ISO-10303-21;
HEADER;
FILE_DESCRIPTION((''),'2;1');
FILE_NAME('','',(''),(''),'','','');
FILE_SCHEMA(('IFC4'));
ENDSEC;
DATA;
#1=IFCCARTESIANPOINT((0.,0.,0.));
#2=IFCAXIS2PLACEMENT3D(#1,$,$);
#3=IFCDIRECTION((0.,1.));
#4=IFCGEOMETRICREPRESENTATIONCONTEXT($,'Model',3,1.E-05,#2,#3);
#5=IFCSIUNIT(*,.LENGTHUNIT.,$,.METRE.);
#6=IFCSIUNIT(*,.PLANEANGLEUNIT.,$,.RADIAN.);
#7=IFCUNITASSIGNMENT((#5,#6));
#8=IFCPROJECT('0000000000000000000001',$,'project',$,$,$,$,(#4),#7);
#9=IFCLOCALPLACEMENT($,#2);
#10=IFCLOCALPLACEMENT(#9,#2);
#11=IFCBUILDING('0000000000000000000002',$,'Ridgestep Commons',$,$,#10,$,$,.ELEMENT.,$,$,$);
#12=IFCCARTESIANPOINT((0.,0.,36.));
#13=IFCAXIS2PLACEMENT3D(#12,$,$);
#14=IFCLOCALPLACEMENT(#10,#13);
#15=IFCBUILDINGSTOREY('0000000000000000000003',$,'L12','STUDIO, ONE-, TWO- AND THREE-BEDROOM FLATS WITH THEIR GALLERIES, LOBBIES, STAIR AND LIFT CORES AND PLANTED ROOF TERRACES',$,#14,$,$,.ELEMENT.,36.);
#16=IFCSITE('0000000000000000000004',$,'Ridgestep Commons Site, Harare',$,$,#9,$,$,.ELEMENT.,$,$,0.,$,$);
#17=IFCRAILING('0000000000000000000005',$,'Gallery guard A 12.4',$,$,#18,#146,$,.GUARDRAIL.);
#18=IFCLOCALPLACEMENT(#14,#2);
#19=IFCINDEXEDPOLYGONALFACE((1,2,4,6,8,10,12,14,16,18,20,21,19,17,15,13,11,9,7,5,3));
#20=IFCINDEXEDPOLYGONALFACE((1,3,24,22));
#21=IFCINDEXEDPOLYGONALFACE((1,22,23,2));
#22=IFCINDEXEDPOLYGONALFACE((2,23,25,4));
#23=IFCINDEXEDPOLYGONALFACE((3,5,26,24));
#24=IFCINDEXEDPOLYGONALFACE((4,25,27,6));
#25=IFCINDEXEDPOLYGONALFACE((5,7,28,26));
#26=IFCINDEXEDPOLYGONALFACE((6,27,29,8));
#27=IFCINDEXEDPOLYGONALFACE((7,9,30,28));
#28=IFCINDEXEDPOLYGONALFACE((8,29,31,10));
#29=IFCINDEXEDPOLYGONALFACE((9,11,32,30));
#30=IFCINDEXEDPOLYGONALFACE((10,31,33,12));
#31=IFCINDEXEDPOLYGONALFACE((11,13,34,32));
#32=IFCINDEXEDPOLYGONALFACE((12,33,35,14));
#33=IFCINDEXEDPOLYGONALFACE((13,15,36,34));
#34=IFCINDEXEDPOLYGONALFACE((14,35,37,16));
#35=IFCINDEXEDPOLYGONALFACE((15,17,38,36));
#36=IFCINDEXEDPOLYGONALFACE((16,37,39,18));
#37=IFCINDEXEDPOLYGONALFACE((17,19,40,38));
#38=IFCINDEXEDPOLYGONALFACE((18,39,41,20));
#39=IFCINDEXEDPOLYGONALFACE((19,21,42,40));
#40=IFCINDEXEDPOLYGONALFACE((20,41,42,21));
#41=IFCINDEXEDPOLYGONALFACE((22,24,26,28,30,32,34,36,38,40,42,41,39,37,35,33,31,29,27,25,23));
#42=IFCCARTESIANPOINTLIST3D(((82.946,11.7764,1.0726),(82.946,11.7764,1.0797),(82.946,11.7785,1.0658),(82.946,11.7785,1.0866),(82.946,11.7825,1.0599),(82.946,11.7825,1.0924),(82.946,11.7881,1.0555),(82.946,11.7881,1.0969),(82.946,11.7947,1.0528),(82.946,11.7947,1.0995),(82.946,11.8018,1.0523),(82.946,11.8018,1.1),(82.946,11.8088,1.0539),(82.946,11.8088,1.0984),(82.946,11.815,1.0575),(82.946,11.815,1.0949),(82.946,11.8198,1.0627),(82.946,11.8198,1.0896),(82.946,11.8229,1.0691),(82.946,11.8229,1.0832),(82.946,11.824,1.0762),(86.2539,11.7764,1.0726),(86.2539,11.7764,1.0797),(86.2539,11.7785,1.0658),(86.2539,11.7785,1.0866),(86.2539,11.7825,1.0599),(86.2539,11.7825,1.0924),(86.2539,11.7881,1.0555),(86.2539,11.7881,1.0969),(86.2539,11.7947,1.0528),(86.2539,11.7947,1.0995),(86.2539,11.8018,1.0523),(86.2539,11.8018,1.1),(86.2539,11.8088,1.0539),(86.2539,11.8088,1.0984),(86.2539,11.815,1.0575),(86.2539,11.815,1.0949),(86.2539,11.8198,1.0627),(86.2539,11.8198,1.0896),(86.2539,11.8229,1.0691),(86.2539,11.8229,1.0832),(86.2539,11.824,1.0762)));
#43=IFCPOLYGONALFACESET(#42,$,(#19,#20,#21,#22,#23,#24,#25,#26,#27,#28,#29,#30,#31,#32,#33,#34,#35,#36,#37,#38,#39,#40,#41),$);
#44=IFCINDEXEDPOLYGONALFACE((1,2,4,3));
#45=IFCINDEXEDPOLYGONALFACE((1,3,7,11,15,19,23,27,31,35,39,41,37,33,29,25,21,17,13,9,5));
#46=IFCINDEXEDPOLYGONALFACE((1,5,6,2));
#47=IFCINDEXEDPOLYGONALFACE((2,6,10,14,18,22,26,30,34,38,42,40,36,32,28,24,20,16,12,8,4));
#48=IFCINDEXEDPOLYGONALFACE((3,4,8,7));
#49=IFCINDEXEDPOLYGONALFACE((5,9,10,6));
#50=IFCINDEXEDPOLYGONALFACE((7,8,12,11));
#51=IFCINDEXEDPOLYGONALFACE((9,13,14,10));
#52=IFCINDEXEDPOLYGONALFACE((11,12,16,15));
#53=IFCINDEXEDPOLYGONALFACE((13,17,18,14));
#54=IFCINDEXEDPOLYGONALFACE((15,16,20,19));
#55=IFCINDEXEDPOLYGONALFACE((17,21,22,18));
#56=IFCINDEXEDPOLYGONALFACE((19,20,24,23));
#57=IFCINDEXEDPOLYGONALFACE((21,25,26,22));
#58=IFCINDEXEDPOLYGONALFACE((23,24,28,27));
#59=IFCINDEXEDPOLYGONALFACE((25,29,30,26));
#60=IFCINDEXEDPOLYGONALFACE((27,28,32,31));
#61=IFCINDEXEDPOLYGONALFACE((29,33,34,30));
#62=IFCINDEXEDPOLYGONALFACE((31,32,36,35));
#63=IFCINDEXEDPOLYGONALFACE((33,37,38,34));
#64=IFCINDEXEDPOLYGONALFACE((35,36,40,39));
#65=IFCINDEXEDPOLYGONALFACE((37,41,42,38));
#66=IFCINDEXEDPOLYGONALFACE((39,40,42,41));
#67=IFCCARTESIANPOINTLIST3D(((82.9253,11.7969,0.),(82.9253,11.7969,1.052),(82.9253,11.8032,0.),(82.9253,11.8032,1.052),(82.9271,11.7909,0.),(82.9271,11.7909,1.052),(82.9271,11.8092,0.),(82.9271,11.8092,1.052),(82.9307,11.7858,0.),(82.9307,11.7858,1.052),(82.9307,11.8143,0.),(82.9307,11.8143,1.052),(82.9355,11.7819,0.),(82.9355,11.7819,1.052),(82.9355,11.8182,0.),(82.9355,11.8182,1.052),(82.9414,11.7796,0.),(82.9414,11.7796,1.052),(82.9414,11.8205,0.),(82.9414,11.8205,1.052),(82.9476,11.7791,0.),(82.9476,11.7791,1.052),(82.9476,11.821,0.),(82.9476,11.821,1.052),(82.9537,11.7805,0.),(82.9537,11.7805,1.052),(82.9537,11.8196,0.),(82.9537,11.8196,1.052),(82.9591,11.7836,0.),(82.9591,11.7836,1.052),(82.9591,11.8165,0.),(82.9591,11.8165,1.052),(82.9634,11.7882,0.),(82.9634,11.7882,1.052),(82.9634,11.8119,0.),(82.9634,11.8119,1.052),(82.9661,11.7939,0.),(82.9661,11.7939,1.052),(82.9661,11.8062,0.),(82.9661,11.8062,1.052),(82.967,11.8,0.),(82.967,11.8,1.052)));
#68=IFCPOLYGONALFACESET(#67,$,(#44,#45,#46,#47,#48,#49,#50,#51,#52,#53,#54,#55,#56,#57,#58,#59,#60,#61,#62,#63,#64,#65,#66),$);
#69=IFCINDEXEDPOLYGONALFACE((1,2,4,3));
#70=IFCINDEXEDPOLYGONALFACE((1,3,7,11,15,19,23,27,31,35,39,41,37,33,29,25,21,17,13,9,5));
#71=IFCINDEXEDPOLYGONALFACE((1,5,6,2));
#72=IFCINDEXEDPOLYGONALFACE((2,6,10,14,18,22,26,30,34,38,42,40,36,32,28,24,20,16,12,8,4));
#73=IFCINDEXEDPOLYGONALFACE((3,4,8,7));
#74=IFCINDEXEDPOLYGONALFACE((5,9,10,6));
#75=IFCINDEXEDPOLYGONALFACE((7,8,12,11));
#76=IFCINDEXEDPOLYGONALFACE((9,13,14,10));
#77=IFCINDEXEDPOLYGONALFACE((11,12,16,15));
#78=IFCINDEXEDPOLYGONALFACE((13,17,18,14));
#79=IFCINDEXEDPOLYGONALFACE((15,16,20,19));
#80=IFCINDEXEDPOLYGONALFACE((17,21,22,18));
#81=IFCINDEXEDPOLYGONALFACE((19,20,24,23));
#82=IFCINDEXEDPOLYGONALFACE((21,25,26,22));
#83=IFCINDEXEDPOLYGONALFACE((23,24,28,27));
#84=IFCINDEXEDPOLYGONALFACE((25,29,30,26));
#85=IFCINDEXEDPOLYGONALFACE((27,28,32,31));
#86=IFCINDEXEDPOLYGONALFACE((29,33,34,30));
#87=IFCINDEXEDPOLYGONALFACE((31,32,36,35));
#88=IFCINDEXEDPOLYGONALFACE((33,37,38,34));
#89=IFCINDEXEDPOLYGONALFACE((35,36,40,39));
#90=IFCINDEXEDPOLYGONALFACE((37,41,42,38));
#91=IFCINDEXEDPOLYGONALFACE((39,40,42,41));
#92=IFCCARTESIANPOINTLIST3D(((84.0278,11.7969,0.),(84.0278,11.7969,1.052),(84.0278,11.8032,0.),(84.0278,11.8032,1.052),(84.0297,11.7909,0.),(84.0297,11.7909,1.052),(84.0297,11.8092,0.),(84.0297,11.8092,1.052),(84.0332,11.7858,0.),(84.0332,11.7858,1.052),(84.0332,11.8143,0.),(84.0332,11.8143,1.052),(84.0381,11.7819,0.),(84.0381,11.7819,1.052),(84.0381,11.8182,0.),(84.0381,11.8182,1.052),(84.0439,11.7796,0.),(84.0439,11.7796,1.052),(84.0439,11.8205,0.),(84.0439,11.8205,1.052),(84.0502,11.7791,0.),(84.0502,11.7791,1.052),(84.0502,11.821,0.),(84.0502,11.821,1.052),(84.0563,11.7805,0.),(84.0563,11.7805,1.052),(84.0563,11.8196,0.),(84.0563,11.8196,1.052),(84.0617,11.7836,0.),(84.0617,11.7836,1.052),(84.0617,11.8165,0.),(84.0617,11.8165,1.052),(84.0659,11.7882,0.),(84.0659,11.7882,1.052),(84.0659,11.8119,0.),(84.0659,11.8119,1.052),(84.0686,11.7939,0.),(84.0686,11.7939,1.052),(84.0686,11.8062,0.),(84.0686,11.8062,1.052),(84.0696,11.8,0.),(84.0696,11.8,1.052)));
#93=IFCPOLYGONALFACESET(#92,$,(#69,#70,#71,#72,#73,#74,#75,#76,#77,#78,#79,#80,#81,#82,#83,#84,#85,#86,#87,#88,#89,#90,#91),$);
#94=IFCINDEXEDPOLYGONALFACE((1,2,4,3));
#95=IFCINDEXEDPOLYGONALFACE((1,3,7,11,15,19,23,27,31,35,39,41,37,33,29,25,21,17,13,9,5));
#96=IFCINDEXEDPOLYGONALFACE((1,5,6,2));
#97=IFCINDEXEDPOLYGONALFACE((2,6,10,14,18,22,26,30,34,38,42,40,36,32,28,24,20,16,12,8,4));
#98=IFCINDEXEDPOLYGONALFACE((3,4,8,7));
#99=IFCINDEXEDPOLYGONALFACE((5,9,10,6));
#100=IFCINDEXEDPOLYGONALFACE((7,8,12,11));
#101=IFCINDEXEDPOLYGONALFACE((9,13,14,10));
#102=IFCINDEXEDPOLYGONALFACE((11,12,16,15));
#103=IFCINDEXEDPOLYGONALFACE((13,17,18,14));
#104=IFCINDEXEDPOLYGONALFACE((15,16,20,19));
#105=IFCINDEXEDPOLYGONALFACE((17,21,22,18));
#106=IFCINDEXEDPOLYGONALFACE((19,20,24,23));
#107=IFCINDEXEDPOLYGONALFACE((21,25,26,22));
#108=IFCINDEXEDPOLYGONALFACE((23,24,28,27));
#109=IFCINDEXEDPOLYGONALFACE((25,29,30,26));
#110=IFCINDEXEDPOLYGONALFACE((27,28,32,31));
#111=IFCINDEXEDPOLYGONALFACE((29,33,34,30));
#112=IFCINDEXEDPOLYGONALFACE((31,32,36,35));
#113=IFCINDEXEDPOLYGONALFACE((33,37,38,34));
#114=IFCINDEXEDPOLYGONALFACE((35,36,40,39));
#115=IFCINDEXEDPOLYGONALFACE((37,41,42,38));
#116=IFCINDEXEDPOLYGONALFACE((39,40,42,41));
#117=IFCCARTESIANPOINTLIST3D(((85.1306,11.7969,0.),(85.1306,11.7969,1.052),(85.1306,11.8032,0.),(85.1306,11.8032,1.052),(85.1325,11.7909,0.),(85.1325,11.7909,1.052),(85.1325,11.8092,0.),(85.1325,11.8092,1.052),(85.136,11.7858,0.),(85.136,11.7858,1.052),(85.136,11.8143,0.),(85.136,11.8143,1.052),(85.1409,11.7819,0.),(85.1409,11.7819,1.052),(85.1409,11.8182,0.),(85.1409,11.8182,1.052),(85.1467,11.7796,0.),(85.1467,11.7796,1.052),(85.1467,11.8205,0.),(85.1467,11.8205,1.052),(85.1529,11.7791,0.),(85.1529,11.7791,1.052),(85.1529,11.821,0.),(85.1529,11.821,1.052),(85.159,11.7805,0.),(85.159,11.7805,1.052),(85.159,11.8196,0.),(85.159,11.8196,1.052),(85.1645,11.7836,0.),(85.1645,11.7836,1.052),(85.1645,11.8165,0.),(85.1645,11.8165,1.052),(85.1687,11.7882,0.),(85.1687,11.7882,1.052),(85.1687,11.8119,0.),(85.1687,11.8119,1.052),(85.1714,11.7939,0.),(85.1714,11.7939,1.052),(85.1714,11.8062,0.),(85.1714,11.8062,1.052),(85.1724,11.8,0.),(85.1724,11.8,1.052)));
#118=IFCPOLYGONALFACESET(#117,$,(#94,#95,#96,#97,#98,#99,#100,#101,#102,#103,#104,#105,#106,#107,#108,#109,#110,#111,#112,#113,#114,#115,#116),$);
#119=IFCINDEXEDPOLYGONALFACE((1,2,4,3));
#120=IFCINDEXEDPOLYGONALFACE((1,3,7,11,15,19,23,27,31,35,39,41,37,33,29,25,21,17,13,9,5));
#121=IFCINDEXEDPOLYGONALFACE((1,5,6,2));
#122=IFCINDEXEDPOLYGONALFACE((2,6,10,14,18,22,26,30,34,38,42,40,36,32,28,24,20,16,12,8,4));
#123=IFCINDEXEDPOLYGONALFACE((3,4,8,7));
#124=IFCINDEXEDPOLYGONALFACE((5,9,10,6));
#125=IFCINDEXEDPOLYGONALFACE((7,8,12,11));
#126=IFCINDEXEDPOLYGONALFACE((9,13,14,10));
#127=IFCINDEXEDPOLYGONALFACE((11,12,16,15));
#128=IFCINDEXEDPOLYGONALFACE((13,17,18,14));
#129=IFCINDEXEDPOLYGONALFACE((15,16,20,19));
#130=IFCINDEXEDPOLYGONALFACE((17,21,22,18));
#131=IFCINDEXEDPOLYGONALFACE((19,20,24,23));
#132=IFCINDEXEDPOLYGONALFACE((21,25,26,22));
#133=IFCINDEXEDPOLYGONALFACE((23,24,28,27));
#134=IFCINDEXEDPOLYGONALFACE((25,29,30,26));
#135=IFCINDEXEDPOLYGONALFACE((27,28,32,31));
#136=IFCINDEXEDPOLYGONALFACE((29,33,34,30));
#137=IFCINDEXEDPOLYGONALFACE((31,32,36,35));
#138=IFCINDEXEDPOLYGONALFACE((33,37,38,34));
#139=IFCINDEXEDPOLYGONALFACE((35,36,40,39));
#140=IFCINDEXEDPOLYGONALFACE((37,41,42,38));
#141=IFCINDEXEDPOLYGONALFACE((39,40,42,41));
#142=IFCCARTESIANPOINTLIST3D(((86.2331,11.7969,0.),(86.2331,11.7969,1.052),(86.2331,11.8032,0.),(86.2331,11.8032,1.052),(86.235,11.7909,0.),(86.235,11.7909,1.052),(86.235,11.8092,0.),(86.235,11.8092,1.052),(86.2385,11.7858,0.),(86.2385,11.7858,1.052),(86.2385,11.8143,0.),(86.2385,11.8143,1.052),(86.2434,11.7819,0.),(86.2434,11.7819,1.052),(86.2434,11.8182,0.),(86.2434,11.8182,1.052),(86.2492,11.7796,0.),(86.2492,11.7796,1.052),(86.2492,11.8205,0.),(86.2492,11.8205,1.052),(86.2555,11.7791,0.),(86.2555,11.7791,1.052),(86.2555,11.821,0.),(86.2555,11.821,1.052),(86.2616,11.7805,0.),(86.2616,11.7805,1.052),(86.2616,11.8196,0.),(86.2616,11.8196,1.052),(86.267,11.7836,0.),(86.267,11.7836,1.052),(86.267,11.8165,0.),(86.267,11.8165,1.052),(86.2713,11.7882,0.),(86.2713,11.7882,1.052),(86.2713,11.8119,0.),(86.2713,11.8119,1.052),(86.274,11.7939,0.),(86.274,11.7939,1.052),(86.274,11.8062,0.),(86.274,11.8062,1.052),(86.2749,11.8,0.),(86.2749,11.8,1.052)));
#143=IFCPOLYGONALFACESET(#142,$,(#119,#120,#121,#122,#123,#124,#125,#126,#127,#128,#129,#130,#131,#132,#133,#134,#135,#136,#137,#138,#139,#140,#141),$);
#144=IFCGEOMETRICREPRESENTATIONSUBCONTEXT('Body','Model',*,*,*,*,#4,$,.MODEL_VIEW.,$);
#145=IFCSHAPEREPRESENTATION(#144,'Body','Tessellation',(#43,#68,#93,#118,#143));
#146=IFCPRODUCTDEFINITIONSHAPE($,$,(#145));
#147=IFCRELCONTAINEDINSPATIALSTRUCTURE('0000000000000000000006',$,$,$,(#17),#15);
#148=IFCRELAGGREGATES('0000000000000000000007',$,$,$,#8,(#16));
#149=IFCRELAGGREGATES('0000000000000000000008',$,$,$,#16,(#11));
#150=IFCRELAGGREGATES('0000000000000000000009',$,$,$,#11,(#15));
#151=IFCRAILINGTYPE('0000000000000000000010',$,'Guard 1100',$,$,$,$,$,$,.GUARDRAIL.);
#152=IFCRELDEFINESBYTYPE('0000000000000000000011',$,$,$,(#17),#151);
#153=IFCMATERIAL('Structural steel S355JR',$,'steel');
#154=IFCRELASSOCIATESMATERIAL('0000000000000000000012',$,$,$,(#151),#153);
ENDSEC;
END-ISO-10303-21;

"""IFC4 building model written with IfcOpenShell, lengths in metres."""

from ifc_helpers import new_model, si_unit, direction, frame, origin, origin_2d, place, context, subcontext, project, spatial, circle, extrude, material, type_object, element, save


model = new_model("IFC4")

# Units and contexts
model_context = context("Model", 3, precision=1e-05, world=origin(), true_north=direction((0.0, 1.0)))
body_context = subcontext(model_context, "Body", "Model", "MODEL_VIEW")
ifc_project = project(units=[si_unit("LENGTHUNIT", "METRE"), si_unit("PLANEANGLEUNIT", "RADIAN")], contexts=[model_context])

# Site, building, storey
site_placement = place(None, origin())
site = spatial("IfcSite", under=ifc_project, at=site_placement, Name="Ridgestep Commons Site, Harare", CompositionType="ELEMENT", RefElevation=0.0)
building_placement = place(site_placement, origin())
building = spatial("IfcBuilding", under=site, at=building_placement, Name="Ridgestep Commons", CompositionType="ELEMENT")
storey_placement = place(building_placement, frame((0.0, 0.0, 36.0)))
storey = spatial("IfcBuildingStorey", under=building, at=storey_placement, Name="L12", Description="STUDIO, ONE-, TWO- AND THREE-BEDROOM FLATS WITH THEIR GALLERIES, LOBBIES, STAIR AND LIFT CORES AND PLANTED ROOF TERRACES", CompositionType="ELEMENT", Elevation=36.0)

# Railing
ifc_material_1 = material(Name="Structural steel S355JR", Category="steel")
railing_type = type_object("IfcRailingType", Name="Guard 1100", PredefinedType="GUARDRAIL", material=ifc_material_1)
railing_1_placement = place(storey_placement, frame((82.946, 11.8, 0.0)))
element("IfcRailing", 1, at=railing_1_placement, inside=storey, type_object=railing_type, Name="Gallery guard A 12.4", PredefinedType="GUARDRAIL", context=body_context, shape_type="SweptSolid", body=[
    extrude(circle(Radius=0.0239, at=origin_2d()), frame((0.0, 0.0, 1.0762), z_axis=(1.0, 0.0, 0.0), x_axis=(0.0, 1.0, 0.0)), (0.0, 0.0, 1.0), 3.3079),
    extrude(circle(Radius=0.021, at=origin_2d()), origin(), (0.0, 0.0, 1.0), 1.052),
    extrude(circle(Radius=0.021, at=origin_2d()), frame((1.1025, 0.0, 0.0)), (0.0, 0.0, 1.0), 1.052),
    extrude(circle(Radius=0.021, at=origin_2d()), frame((2.2053, 0.0, 0.0)), (0.0, 0.0, 1.0), 1.052),
    extrude(circle(Radius=0.021, at=origin_2d()), frame((3.3079, 0.0, 0.0)), (0.0, 0.0, 1.0), 1.052),
])

save(model, "model.ifc")
